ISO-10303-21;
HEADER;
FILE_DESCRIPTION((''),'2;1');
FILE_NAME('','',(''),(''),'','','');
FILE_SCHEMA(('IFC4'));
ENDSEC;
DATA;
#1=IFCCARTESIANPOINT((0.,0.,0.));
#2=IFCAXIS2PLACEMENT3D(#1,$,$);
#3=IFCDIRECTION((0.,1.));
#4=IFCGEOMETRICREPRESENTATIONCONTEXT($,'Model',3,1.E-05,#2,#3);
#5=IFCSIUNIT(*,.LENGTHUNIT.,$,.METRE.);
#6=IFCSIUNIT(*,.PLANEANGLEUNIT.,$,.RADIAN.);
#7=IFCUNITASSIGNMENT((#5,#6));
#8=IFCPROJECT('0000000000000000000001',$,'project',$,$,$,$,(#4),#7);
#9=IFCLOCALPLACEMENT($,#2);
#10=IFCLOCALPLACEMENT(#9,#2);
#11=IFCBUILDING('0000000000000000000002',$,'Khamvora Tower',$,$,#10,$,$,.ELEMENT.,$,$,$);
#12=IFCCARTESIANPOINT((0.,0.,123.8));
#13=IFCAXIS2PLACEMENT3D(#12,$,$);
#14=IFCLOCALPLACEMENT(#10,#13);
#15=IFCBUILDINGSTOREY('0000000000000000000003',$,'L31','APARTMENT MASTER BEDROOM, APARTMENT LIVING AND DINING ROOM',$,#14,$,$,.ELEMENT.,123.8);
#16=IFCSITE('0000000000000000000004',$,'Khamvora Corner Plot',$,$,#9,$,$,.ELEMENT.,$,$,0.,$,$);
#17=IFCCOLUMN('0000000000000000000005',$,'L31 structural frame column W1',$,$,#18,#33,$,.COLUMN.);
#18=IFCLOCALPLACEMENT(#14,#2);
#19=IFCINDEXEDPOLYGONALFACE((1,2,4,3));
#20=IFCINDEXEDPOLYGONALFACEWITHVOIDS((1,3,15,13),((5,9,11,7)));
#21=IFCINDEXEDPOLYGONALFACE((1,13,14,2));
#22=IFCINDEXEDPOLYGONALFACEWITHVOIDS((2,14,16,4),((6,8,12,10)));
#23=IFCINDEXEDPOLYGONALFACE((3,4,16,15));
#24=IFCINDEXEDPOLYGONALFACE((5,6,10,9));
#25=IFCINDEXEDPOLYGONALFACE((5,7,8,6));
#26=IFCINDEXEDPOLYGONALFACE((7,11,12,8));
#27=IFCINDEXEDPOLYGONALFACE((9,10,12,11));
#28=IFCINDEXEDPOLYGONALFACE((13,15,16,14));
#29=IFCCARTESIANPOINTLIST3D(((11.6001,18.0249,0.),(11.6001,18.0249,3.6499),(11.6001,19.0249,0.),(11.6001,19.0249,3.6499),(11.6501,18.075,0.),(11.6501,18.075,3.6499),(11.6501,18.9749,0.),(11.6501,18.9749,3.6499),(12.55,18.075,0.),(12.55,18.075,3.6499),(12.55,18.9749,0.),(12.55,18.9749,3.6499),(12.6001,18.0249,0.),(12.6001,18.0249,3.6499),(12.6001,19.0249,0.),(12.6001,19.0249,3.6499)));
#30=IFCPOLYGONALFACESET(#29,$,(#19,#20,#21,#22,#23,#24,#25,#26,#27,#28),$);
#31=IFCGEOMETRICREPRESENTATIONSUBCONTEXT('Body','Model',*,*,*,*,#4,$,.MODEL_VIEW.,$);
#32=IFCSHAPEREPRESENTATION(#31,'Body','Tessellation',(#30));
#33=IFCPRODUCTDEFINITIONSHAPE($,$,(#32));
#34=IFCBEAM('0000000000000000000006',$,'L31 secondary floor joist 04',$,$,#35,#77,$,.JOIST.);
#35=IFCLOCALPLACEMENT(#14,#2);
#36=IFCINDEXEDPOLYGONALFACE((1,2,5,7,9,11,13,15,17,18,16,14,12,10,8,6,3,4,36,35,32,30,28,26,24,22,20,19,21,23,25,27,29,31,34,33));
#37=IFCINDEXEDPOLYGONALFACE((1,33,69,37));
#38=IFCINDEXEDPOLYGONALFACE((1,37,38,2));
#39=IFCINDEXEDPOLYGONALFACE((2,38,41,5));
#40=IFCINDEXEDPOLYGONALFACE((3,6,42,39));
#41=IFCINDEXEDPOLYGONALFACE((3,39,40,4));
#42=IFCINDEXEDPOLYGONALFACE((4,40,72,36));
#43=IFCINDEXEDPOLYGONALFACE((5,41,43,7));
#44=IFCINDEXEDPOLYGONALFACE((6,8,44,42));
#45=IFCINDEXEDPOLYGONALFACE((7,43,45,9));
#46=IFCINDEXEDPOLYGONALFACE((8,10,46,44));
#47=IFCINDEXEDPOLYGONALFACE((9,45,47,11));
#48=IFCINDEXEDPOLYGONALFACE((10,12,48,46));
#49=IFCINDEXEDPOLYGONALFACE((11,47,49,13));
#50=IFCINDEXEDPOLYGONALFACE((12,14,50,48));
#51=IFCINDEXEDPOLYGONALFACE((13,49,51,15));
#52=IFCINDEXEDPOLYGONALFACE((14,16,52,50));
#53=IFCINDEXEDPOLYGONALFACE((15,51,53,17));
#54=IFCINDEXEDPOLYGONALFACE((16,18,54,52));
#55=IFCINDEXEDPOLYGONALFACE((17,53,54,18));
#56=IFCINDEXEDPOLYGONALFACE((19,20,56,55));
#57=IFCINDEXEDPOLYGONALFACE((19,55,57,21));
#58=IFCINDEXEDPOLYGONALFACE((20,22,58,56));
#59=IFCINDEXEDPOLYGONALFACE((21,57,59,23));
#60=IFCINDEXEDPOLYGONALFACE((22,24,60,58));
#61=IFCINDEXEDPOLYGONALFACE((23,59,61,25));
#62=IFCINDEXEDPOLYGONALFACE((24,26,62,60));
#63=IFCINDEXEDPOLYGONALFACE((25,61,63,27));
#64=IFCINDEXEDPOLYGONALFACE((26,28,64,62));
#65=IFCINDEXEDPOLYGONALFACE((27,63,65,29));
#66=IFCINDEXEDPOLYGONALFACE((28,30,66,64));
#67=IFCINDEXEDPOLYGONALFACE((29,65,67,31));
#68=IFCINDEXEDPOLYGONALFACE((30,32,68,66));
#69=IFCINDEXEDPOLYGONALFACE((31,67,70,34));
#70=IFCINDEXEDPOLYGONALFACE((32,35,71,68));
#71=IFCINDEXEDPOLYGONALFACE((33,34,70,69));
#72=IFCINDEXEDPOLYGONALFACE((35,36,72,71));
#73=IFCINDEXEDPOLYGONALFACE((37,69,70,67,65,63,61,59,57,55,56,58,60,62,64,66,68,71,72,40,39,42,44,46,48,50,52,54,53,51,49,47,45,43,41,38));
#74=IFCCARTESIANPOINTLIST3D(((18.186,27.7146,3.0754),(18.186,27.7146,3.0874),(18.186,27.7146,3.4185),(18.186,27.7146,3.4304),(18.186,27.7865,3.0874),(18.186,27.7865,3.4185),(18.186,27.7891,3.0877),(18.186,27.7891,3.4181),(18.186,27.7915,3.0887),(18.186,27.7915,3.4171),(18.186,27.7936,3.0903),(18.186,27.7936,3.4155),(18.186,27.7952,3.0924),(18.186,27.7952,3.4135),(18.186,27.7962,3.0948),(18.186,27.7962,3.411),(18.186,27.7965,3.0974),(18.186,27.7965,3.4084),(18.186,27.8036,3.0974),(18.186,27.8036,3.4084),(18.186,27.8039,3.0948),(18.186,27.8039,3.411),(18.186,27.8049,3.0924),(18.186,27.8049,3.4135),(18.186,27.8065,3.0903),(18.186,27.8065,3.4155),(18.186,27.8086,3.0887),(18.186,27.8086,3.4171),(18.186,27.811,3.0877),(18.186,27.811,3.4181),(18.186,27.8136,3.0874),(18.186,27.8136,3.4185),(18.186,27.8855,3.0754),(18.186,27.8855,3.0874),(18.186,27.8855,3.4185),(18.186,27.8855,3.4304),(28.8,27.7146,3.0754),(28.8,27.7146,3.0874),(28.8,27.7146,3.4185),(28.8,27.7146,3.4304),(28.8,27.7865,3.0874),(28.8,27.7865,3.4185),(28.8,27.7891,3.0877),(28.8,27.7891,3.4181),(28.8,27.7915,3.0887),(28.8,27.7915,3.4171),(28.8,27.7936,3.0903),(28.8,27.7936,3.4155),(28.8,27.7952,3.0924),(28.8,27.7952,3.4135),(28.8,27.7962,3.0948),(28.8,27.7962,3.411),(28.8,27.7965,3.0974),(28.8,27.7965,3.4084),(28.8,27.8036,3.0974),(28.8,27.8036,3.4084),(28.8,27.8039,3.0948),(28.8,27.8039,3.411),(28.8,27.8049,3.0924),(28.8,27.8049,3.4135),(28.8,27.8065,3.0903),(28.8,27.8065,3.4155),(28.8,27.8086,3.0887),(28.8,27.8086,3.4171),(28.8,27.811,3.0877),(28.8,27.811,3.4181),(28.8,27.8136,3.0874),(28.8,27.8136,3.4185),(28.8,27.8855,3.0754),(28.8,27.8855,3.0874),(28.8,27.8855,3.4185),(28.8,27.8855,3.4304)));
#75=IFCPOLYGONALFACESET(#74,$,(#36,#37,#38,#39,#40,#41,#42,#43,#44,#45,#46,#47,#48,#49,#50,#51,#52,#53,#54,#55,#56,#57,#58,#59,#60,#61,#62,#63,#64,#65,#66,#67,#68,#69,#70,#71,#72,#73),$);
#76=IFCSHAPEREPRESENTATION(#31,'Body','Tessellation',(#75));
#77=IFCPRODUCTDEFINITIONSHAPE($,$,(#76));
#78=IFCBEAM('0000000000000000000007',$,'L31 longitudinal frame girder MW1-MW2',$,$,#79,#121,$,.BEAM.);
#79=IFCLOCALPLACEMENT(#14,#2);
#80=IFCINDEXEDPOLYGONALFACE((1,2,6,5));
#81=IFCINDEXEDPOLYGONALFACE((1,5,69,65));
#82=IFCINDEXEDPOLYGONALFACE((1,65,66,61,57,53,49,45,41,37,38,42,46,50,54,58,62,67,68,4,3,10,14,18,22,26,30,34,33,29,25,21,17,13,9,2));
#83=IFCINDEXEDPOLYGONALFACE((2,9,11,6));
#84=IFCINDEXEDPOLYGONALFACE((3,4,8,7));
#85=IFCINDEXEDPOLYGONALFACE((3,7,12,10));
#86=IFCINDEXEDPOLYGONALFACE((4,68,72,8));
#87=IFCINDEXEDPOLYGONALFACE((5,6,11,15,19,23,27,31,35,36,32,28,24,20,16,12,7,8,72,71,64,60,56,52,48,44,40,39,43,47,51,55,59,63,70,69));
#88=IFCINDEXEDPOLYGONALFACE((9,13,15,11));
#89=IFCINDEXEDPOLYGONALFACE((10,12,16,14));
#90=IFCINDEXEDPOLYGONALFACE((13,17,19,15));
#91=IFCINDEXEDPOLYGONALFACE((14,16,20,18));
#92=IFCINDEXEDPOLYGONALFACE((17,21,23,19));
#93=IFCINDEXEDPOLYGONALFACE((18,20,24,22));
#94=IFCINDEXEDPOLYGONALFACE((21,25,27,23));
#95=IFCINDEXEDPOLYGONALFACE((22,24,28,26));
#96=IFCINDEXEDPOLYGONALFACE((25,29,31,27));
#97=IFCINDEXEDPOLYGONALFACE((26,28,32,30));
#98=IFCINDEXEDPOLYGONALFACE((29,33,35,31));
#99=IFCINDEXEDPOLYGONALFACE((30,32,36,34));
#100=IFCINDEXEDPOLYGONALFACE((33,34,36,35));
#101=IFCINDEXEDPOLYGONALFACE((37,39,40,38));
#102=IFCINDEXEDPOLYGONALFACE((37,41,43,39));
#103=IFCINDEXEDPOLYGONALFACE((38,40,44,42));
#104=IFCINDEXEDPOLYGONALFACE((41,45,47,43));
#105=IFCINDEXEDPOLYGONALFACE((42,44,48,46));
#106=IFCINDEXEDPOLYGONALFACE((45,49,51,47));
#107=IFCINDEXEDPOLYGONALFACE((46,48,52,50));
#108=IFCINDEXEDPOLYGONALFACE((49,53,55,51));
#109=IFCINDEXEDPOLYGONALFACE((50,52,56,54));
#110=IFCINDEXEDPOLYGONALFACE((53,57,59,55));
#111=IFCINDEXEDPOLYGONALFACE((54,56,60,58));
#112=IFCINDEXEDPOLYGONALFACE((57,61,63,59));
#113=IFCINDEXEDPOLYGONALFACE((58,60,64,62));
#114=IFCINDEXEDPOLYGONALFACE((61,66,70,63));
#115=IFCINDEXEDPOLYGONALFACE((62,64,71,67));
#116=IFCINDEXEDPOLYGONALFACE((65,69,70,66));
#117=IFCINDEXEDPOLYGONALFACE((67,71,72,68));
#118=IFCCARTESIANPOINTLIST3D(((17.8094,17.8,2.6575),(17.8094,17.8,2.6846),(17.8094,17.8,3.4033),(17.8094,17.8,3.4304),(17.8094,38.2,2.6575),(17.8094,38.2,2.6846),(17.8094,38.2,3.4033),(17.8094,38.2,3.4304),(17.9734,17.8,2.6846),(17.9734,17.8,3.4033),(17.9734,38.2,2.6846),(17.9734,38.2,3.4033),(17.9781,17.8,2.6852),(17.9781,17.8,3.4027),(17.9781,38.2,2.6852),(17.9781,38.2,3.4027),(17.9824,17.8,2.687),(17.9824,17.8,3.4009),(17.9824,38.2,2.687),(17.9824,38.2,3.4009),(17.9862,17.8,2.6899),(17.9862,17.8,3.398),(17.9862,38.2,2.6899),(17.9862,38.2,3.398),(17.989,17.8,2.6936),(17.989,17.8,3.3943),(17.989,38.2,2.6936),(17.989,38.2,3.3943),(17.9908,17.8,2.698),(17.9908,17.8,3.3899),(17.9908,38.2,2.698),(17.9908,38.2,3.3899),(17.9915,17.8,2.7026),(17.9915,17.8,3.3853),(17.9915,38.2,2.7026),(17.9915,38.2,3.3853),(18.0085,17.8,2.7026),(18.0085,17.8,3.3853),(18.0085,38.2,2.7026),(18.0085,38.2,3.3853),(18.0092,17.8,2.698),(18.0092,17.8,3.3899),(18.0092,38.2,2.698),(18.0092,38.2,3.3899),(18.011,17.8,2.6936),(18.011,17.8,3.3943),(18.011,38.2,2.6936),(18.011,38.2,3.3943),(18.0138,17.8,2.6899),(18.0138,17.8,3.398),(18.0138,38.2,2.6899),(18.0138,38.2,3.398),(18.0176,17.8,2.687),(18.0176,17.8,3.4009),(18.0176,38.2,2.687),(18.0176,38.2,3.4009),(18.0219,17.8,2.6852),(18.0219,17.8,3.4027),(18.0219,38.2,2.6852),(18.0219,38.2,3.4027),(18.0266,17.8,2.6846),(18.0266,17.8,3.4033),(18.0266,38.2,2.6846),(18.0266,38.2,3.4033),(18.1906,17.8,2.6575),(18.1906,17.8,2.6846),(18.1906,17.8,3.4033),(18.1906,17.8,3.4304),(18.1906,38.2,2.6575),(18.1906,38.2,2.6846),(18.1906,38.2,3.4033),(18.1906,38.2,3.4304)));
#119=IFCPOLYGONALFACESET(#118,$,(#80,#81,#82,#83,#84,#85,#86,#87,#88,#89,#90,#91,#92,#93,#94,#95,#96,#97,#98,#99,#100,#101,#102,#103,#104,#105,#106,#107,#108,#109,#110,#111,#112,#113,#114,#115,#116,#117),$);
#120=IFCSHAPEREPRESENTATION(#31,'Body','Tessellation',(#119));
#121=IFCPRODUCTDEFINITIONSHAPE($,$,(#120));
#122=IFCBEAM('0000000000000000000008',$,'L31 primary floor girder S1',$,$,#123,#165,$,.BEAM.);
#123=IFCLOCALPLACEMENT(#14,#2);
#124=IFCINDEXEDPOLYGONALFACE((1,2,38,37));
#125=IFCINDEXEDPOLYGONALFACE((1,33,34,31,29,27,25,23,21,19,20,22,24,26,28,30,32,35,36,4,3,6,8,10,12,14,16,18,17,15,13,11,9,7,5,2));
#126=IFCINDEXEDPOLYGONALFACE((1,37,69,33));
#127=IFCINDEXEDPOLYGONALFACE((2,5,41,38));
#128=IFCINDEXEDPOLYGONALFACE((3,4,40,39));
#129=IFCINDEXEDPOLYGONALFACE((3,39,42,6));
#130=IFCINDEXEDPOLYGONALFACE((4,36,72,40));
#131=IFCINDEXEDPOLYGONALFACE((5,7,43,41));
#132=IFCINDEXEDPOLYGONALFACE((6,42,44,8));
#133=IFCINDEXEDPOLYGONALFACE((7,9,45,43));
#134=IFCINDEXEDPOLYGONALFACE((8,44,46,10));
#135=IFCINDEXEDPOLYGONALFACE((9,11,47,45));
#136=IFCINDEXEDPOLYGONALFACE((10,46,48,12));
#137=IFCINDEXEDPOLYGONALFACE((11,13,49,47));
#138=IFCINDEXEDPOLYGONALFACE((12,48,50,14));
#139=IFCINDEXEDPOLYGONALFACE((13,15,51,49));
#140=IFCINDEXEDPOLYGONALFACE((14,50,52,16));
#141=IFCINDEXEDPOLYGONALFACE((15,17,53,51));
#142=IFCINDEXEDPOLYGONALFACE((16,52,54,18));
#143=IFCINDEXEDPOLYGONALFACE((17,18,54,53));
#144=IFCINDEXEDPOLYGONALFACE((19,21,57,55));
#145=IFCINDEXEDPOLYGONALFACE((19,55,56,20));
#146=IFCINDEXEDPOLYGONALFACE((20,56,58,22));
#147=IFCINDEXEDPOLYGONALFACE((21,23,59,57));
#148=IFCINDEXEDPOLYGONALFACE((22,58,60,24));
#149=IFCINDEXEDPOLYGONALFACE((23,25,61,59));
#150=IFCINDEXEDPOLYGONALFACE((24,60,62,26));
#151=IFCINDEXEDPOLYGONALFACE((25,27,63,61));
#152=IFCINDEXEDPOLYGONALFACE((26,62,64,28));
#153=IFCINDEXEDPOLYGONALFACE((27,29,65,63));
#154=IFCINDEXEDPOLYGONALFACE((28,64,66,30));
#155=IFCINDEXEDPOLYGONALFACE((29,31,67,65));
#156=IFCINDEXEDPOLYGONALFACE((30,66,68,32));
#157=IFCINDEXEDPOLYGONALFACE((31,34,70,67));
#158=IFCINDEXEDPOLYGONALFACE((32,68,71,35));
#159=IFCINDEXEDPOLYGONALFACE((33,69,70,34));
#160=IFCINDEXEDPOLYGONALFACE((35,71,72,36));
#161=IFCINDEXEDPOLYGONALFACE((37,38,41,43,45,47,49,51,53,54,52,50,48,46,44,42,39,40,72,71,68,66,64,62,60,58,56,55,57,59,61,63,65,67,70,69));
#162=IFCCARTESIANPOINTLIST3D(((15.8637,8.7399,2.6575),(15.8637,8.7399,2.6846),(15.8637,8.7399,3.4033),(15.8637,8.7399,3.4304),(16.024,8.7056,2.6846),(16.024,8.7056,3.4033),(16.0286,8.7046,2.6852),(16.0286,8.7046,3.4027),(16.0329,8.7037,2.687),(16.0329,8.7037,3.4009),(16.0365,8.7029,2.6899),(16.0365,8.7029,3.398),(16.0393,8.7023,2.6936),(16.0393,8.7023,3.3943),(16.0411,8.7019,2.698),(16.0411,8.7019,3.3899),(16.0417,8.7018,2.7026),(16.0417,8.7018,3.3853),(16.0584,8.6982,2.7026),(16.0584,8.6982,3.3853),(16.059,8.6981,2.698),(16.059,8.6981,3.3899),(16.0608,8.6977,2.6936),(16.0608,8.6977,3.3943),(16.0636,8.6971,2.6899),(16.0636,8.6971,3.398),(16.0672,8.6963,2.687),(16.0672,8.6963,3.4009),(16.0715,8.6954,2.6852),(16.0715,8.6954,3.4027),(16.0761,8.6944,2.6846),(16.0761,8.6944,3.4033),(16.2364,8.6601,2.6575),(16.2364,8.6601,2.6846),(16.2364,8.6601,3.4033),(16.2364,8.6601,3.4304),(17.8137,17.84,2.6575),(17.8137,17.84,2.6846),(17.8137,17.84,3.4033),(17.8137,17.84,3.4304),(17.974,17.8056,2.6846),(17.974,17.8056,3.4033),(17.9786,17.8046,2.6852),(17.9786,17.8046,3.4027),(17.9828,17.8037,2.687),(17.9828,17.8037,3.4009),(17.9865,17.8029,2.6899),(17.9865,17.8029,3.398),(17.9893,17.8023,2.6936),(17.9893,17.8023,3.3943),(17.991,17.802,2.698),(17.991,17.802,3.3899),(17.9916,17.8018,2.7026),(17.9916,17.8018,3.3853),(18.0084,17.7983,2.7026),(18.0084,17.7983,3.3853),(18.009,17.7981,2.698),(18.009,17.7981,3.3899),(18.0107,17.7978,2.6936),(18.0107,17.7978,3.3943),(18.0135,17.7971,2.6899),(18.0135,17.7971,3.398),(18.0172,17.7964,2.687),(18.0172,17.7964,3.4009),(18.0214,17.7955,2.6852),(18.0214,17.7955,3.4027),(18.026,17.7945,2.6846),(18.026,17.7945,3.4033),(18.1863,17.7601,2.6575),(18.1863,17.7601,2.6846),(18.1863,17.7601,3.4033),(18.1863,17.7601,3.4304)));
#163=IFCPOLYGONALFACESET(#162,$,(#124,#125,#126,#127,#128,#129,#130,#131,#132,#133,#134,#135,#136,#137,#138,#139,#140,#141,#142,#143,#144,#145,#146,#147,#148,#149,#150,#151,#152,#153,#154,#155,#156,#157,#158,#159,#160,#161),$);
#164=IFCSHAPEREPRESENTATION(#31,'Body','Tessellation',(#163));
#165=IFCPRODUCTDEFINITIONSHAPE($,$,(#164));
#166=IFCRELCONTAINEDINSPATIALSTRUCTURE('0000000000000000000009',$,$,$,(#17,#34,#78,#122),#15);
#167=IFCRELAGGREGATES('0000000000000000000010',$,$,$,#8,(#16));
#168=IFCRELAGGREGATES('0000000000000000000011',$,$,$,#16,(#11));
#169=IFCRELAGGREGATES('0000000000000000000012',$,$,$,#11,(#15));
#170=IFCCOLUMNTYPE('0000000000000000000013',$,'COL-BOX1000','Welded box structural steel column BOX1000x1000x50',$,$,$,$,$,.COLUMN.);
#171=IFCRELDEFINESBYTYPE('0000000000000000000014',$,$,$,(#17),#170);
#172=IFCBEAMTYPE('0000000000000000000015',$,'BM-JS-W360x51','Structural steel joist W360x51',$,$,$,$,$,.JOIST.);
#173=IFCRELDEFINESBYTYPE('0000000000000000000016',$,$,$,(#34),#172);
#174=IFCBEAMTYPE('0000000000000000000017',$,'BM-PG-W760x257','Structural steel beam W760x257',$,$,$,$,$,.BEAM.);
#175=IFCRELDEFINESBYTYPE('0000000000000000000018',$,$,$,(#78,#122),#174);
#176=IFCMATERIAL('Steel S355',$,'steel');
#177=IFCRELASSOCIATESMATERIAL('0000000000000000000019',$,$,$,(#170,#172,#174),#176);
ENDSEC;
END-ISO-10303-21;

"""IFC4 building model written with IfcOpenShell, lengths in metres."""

from ifc_helpers import new_model, si_unit, direction, frame, origin, origin_2d, place, context, subcontext, project, spatial, hollow_rectangle, i_section, extrude, material, material_profile, profile_set, type_object, element, save


model = new_model("IFC4")

# Units and contexts
model_context = context("Model", 3, precision=1e-05, world=origin(), true_north=direction((0.0, 1.0)))
body_context = subcontext(model_context, "Body", "Model", "MODEL_VIEW")
ifc_project = project(units=[si_unit("LENGTHUNIT", "METRE"), si_unit("PLANEANGLEUNIT", "RADIAN")], contexts=[model_context])

# Site, building, storey
site_placement = place(None, origin())
site = spatial("IfcSite", under=ifc_project, at=site_placement, Name="Khamvora Corner Plot", CompositionType="ELEMENT", RefElevation=0.0)
building_placement = place(site_placement, origin())
building = spatial("IfcBuilding", under=site, at=building_placement, Name="Khamvora Tower", CompositionType="ELEMENT")
storey_placement = place(building_placement, frame((0.0, 0.0, 123.8)))
storey = spatial("IfcBuildingStorey", under=building, at=storey_placement, Name="L31", Description="APARTMENT MASTER BEDROOM, APARTMENT LIVING AND DINING ROOM", CompositionType="ELEMENT", Elevation=123.8)

# Column
ifc_material_1 = material(Name="Steel S355", Category="steel")
ifc_material_profile_1 = material_profile(ifc_material_1, hollow_rectangle(XDim=1.0, YDim=1.0, WallThickness=0.05, at=origin_2d()), Name="BOX1000x1000x50")
ifc_profile_set_1 = profile_set([ifc_material_profile_1], Name="Steel S355")
column_type = type_object("IfcColumnType", Name="COL-BOX1000", Description="Welded box structural steel column BOX1000x1000x50", PredefinedType="COLUMN", material=ifc_profile_set_1)
column_placement = place(storey_placement, frame((12.1001, 18.5249, 0.0), z_axis=(0.0, 0.0, 1.0), x_axis=(1.0, 0.0, 0.0)))
element("IfcColumn", 1, at=column_placement, inside=storey, type_object=column_type, Name="L31 structural frame column W1", PredefinedType="COLUMN", context=body_context, shape_type="SweptSolid", body=[
    extrude(hollow_rectangle(XDim=1.0, YDim=1.0, WallThickness=0.05, at=origin_2d()), origin(), (0.0, 0.0, 1.0), 3.6499),
])

# Beams
ifc_material_profile_2 = material_profile(ifc_material_1, i_section(OverallWidth=0.1709, OverallDepth=0.355, WebThickness=0.0071, FlangeThickness=0.012, FilletRadius=0.01, at=origin_2d()), Name="W360x51")
ifc_profile_set_2 = profile_set([ifc_material_profile_2], Name="Steel S355")
beam_type_1 = type_object("IfcBeamType", Name="BM-JS-W360x51", Description="Structural steel joist W360x51", PredefinedType="JOIST", material=ifc_profile_set_2)
beam_1_placement = place(storey_placement, frame((18.186, 27.8, 3.2529), z_axis=(1.0, 0.0, 0.0), x_axis=(0.0, 1.0, 0.0)))
element("IfcBeam", 2, at=beam_1_placement, inside=storey, type_object=beam_type_1, Name="L31 secondary floor joist 04", PredefinedType="JOIST", context=body_context, shape_type="SweptSolid", body=[
    extrude(i_section(OverallWidth=0.1709, OverallDepth=0.355, WebThickness=0.0071, FlangeThickness=0.012, FilletRadius=0.01, at=origin_2d()), origin(), (0.0, 0.0, 1.0), 10.614),
])
ifc_material_profile_3 = material_profile(ifc_material_1, i_section(OverallWidth=0.3811, OverallDepth=0.7729, WebThickness=0.0171, FlangeThickness=0.0271, FilletRadius=0.0181, at=origin_2d()), Name="W760x257")
ifc_profile_set_3 = profile_set([ifc_material_profile_3], Name="Steel S355")
beam_type_2 = type_object("IfcBeamType", Name="BM-PG-W760x257", Description="Structural steel beam W760x257", PredefinedType="BEAM", material=ifc_profile_set_3)
beam_2_placement = place(storey_placement, frame((18.0, 17.8, 3.0439), z_axis=(0.0, 1.0, 0.0), x_axis=(-1.0, 0.0, 0.0)))
element("IfcBeam", 3, at=beam_2_placement, inside=storey, type_object=beam_type_2, Name="L31 longitudinal frame girder MW1-MW2", PredefinedType="BEAM", context=body_context, shape_type="SweptSolid", body=[
    extrude(i_section(OverallWidth=0.3811, OverallDepth=0.7729, WebThickness=0.0171, FlangeThickness=0.0271, FilletRadius=0.0181, at=origin_2d()), origin(), (0.0, 0.0, 1.0), 20.3999),
])
beam_3_placement = place(storey_placement, frame((18.0, 17.8, 3.0439), z_axis=(-0.209522, -0.977804, 0.0), x_axis=(0.977804, -0.209522, 0.0)))
element("IfcBeam", 4, at=beam_3_placement, inside=storey, type_object=beam_type_2, Name="L31 primary floor girder S1", PredefinedType="BEAM", context=body_context, shape_type="SweptSolid", body=[
    extrude(i_section(OverallWidth=0.3811, OverallDepth=0.7729, WebThickness=0.0171, FlangeThickness=0.0271, FilletRadius=0.0181, at=origin_2d()), origin(), (0.0, 0.0, 1.0), 9.3066),
])

save(model, "model.ifc")
